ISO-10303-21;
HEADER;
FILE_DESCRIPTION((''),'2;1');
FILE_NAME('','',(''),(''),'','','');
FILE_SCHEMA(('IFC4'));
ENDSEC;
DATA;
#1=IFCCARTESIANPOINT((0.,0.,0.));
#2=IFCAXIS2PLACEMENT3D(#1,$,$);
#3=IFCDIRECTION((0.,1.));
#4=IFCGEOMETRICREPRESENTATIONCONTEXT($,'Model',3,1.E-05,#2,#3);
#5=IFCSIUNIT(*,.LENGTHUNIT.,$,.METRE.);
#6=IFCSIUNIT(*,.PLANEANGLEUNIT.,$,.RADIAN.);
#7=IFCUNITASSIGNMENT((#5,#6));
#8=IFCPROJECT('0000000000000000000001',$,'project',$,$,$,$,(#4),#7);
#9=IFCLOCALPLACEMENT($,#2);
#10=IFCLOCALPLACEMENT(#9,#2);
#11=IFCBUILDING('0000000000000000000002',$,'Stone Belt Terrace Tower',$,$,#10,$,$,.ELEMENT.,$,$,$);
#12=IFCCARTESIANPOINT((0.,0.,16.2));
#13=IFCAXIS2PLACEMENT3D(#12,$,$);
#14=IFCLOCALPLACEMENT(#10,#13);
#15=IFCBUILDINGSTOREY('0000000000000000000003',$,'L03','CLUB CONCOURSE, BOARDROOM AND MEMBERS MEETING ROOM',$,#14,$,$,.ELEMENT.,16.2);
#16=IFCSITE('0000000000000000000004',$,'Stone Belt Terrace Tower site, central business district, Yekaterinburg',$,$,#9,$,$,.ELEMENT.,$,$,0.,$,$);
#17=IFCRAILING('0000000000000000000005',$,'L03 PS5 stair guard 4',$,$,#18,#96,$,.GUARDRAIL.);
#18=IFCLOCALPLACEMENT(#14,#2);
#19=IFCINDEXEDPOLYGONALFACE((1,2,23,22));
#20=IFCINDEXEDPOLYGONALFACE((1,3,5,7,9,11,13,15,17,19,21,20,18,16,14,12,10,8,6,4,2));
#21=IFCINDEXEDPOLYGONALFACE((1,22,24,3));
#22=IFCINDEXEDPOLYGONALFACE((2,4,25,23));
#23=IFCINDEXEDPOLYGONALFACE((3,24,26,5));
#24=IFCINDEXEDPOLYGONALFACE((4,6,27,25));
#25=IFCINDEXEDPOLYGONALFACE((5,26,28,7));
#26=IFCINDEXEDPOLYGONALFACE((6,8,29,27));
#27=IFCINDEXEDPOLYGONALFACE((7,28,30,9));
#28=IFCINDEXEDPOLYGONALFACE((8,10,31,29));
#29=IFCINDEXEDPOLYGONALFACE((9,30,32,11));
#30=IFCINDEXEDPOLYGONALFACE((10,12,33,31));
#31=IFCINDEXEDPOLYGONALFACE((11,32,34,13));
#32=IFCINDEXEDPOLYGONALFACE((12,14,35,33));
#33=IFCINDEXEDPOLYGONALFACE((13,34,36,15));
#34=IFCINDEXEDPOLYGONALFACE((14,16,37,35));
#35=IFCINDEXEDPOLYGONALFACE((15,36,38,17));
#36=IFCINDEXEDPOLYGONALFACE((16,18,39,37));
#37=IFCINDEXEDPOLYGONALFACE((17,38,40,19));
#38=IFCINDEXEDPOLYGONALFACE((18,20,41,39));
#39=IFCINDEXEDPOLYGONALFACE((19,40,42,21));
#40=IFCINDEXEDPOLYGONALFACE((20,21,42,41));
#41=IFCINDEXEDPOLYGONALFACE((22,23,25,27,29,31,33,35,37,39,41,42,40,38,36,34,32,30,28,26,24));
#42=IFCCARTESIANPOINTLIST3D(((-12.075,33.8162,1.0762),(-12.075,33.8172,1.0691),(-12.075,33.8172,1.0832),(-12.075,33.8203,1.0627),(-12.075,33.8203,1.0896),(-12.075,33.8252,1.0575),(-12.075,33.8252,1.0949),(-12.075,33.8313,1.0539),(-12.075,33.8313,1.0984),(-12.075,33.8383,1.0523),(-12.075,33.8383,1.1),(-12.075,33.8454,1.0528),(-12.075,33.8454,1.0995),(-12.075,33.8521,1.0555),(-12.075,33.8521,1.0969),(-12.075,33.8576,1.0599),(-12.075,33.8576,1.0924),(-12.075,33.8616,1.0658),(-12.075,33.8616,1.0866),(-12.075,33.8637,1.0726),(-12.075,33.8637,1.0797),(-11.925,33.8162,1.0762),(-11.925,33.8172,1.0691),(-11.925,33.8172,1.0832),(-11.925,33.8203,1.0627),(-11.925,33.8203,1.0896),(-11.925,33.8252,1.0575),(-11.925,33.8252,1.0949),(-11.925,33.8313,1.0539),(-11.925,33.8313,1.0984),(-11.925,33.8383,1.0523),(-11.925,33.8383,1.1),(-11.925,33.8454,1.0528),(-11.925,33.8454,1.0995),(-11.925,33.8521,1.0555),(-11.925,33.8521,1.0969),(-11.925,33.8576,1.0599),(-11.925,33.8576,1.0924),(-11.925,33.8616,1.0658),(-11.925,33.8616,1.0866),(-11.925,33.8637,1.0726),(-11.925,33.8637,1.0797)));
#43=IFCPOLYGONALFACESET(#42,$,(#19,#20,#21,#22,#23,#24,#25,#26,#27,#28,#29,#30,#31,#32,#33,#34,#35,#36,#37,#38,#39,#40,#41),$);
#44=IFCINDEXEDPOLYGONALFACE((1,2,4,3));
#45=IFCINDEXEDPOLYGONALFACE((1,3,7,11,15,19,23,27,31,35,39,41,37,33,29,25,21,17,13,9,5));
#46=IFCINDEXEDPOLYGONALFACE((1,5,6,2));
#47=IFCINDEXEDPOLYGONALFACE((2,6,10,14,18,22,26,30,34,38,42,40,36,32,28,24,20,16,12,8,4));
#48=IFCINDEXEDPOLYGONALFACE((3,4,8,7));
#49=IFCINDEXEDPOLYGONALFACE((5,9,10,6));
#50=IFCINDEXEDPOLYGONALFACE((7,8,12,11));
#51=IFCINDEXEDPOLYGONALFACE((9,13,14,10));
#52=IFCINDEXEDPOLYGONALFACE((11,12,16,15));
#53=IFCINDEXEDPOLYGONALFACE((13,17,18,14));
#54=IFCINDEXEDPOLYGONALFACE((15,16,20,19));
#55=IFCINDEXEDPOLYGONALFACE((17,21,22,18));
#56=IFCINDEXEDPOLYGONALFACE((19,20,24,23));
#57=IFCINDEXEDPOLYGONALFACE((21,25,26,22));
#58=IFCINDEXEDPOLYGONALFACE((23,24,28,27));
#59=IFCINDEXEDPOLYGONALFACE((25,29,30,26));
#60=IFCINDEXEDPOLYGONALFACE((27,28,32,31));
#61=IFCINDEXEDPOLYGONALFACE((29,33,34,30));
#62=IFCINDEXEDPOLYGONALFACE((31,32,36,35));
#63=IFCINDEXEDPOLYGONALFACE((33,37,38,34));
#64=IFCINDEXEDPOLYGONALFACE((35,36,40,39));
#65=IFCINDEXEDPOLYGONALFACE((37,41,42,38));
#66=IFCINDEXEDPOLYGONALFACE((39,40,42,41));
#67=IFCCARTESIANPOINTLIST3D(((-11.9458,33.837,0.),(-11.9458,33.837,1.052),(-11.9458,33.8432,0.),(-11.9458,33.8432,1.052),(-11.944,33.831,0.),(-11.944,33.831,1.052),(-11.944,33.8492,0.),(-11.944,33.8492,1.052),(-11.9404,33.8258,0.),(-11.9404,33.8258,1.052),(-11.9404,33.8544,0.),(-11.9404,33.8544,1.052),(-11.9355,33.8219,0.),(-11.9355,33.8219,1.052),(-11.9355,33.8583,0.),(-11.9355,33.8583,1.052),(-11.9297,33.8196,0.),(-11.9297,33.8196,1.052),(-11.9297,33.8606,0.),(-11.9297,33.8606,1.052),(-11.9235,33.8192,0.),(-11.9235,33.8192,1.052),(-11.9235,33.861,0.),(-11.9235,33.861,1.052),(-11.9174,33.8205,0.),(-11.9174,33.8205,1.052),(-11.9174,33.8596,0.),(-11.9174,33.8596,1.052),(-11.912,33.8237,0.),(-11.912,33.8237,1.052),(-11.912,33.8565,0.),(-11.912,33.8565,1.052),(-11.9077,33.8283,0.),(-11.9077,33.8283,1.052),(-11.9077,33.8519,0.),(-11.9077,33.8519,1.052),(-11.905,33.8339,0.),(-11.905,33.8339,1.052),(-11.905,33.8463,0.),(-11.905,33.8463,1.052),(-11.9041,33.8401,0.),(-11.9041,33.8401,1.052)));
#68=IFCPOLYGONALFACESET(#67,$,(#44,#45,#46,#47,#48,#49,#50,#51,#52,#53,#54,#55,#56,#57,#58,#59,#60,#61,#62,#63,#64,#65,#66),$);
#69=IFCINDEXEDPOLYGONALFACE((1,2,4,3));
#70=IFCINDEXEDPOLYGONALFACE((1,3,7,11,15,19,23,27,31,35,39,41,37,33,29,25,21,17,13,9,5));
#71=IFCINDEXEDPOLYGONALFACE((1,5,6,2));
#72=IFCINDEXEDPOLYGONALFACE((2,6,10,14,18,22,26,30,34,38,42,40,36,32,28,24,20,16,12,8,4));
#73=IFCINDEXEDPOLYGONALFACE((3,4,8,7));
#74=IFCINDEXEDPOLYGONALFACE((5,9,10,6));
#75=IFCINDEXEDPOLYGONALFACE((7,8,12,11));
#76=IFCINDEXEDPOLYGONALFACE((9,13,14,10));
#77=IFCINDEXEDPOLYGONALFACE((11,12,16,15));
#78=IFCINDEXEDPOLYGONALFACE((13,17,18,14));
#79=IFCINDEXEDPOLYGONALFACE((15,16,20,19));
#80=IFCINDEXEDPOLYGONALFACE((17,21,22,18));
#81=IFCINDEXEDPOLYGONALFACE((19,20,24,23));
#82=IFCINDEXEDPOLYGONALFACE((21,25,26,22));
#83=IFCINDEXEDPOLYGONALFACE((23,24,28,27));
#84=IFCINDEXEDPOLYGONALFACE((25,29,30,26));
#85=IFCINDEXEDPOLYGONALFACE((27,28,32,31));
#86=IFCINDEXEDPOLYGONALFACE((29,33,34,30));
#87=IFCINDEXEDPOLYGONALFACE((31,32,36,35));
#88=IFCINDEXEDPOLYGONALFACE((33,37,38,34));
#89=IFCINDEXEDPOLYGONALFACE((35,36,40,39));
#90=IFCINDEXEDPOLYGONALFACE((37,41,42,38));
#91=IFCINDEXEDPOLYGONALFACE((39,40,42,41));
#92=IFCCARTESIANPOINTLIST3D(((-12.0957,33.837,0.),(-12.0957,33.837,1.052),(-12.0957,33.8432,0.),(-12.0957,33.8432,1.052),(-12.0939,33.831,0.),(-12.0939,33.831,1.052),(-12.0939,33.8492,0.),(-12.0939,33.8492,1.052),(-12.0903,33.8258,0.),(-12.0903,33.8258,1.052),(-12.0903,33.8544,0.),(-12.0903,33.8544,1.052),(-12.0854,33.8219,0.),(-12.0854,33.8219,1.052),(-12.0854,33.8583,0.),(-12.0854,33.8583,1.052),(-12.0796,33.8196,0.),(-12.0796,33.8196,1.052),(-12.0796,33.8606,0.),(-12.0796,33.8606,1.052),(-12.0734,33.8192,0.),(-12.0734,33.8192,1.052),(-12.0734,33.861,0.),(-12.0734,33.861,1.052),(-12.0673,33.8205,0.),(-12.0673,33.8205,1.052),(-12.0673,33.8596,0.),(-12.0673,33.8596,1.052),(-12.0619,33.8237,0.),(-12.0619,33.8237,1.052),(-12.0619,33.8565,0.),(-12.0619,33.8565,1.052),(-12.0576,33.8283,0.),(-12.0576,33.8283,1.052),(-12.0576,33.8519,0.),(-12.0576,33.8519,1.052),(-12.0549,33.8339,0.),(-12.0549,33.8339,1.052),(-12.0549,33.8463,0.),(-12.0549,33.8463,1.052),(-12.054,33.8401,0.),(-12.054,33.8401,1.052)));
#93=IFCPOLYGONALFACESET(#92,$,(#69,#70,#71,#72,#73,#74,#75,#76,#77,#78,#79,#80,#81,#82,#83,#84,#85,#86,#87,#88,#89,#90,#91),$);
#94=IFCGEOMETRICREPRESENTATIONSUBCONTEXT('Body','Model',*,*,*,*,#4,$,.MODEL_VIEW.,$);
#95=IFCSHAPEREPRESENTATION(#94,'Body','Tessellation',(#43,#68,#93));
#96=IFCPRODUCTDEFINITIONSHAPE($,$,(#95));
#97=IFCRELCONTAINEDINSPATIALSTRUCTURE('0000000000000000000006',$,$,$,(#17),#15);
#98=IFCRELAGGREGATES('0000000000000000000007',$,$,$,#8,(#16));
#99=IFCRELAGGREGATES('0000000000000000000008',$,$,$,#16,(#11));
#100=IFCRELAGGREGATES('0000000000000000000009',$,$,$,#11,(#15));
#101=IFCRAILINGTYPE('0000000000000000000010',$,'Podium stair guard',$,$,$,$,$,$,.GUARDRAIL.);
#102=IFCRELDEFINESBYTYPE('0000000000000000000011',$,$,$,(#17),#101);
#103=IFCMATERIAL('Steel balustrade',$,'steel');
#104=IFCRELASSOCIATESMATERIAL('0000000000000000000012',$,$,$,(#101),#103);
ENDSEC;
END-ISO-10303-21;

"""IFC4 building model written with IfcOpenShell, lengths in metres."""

from ifc_helpers import new_model, si_unit, direction, frame, origin, origin_2d, place, context, subcontext, project, spatial, circle, extrude, material, type_object, element, save


model = new_model("IFC4")

# Units and contexts
model_context = context("Model", 3, precision=1e-05, world=origin(), true_north=direction((0.0, 1.0)))
body_context = subcontext(model_context, "Body", "Model", "MODEL_VIEW")
ifc_project = project(units=[si_unit("LENGTHUNIT", "METRE"), si_unit("PLANEANGLEUNIT", "RADIAN")], contexts=[model_context])

# Site, building, storey
site_placement = place(None, origin())
site = spatial("IfcSite", under=ifc_project, at=site_placement, Name="Stone Belt Terrace Tower site, central business district, Yekaterinburg", CompositionType="ELEMENT", RefElevation=0.0)
building_placement = place(site_placement, origin())
building = spatial("IfcBuilding", under=site, at=building_placement, Name="Stone Belt Terrace Tower", CompositionType="ELEMENT")
storey_placement = place(building_placement, frame((0.0, 0.0, 16.2)))
storey = spatial("IfcBuildingStorey", under=building, at=storey_placement, Name="L03", Description="CLUB CONCOURSE, BOARDROOM AND MEMBERS MEETING ROOM", CompositionType="ELEMENT", Elevation=16.2)

# Railing
ifc_material_1 = material(Name="Steel balustrade", Category="steel")
railing_type = type_object("IfcRailingType", Name="Podium stair guard", PredefinedType="GUARDRAIL", material=ifc_material_1)
railing_1_placement = place(storey_placement, frame((-11.925, 33.8401, 0.0)))
element("IfcRailing", 1, at=railing_1_placement, inside=storey, type_object=railing_type, Name="L03 PS5 stair guard 4", PredefinedType="GUARDRAIL", context=body_context, shape_type="SweptSolid", body=[
    extrude(circle(Radius=0.0239, at=origin_2d()), frame((0.0, 0.0, 1.0762), z_axis=(-1.0, 0.0, 0.0), x_axis=(0.0, -1.0, 0.0)), (0.0, 0.0, 1.0), 0.1499),
    extrude(circle(Radius=0.021, at=origin_2d()), origin(), (0.0, 0.0, 1.0), 1.052),
    extrude(circle(Radius=0.021, at=origin_2d()), frame((-0.1499, 0.0, 0.0)), (0.0, 0.0, 1.0), 1.052),
])

save(model, "model.ifc")
